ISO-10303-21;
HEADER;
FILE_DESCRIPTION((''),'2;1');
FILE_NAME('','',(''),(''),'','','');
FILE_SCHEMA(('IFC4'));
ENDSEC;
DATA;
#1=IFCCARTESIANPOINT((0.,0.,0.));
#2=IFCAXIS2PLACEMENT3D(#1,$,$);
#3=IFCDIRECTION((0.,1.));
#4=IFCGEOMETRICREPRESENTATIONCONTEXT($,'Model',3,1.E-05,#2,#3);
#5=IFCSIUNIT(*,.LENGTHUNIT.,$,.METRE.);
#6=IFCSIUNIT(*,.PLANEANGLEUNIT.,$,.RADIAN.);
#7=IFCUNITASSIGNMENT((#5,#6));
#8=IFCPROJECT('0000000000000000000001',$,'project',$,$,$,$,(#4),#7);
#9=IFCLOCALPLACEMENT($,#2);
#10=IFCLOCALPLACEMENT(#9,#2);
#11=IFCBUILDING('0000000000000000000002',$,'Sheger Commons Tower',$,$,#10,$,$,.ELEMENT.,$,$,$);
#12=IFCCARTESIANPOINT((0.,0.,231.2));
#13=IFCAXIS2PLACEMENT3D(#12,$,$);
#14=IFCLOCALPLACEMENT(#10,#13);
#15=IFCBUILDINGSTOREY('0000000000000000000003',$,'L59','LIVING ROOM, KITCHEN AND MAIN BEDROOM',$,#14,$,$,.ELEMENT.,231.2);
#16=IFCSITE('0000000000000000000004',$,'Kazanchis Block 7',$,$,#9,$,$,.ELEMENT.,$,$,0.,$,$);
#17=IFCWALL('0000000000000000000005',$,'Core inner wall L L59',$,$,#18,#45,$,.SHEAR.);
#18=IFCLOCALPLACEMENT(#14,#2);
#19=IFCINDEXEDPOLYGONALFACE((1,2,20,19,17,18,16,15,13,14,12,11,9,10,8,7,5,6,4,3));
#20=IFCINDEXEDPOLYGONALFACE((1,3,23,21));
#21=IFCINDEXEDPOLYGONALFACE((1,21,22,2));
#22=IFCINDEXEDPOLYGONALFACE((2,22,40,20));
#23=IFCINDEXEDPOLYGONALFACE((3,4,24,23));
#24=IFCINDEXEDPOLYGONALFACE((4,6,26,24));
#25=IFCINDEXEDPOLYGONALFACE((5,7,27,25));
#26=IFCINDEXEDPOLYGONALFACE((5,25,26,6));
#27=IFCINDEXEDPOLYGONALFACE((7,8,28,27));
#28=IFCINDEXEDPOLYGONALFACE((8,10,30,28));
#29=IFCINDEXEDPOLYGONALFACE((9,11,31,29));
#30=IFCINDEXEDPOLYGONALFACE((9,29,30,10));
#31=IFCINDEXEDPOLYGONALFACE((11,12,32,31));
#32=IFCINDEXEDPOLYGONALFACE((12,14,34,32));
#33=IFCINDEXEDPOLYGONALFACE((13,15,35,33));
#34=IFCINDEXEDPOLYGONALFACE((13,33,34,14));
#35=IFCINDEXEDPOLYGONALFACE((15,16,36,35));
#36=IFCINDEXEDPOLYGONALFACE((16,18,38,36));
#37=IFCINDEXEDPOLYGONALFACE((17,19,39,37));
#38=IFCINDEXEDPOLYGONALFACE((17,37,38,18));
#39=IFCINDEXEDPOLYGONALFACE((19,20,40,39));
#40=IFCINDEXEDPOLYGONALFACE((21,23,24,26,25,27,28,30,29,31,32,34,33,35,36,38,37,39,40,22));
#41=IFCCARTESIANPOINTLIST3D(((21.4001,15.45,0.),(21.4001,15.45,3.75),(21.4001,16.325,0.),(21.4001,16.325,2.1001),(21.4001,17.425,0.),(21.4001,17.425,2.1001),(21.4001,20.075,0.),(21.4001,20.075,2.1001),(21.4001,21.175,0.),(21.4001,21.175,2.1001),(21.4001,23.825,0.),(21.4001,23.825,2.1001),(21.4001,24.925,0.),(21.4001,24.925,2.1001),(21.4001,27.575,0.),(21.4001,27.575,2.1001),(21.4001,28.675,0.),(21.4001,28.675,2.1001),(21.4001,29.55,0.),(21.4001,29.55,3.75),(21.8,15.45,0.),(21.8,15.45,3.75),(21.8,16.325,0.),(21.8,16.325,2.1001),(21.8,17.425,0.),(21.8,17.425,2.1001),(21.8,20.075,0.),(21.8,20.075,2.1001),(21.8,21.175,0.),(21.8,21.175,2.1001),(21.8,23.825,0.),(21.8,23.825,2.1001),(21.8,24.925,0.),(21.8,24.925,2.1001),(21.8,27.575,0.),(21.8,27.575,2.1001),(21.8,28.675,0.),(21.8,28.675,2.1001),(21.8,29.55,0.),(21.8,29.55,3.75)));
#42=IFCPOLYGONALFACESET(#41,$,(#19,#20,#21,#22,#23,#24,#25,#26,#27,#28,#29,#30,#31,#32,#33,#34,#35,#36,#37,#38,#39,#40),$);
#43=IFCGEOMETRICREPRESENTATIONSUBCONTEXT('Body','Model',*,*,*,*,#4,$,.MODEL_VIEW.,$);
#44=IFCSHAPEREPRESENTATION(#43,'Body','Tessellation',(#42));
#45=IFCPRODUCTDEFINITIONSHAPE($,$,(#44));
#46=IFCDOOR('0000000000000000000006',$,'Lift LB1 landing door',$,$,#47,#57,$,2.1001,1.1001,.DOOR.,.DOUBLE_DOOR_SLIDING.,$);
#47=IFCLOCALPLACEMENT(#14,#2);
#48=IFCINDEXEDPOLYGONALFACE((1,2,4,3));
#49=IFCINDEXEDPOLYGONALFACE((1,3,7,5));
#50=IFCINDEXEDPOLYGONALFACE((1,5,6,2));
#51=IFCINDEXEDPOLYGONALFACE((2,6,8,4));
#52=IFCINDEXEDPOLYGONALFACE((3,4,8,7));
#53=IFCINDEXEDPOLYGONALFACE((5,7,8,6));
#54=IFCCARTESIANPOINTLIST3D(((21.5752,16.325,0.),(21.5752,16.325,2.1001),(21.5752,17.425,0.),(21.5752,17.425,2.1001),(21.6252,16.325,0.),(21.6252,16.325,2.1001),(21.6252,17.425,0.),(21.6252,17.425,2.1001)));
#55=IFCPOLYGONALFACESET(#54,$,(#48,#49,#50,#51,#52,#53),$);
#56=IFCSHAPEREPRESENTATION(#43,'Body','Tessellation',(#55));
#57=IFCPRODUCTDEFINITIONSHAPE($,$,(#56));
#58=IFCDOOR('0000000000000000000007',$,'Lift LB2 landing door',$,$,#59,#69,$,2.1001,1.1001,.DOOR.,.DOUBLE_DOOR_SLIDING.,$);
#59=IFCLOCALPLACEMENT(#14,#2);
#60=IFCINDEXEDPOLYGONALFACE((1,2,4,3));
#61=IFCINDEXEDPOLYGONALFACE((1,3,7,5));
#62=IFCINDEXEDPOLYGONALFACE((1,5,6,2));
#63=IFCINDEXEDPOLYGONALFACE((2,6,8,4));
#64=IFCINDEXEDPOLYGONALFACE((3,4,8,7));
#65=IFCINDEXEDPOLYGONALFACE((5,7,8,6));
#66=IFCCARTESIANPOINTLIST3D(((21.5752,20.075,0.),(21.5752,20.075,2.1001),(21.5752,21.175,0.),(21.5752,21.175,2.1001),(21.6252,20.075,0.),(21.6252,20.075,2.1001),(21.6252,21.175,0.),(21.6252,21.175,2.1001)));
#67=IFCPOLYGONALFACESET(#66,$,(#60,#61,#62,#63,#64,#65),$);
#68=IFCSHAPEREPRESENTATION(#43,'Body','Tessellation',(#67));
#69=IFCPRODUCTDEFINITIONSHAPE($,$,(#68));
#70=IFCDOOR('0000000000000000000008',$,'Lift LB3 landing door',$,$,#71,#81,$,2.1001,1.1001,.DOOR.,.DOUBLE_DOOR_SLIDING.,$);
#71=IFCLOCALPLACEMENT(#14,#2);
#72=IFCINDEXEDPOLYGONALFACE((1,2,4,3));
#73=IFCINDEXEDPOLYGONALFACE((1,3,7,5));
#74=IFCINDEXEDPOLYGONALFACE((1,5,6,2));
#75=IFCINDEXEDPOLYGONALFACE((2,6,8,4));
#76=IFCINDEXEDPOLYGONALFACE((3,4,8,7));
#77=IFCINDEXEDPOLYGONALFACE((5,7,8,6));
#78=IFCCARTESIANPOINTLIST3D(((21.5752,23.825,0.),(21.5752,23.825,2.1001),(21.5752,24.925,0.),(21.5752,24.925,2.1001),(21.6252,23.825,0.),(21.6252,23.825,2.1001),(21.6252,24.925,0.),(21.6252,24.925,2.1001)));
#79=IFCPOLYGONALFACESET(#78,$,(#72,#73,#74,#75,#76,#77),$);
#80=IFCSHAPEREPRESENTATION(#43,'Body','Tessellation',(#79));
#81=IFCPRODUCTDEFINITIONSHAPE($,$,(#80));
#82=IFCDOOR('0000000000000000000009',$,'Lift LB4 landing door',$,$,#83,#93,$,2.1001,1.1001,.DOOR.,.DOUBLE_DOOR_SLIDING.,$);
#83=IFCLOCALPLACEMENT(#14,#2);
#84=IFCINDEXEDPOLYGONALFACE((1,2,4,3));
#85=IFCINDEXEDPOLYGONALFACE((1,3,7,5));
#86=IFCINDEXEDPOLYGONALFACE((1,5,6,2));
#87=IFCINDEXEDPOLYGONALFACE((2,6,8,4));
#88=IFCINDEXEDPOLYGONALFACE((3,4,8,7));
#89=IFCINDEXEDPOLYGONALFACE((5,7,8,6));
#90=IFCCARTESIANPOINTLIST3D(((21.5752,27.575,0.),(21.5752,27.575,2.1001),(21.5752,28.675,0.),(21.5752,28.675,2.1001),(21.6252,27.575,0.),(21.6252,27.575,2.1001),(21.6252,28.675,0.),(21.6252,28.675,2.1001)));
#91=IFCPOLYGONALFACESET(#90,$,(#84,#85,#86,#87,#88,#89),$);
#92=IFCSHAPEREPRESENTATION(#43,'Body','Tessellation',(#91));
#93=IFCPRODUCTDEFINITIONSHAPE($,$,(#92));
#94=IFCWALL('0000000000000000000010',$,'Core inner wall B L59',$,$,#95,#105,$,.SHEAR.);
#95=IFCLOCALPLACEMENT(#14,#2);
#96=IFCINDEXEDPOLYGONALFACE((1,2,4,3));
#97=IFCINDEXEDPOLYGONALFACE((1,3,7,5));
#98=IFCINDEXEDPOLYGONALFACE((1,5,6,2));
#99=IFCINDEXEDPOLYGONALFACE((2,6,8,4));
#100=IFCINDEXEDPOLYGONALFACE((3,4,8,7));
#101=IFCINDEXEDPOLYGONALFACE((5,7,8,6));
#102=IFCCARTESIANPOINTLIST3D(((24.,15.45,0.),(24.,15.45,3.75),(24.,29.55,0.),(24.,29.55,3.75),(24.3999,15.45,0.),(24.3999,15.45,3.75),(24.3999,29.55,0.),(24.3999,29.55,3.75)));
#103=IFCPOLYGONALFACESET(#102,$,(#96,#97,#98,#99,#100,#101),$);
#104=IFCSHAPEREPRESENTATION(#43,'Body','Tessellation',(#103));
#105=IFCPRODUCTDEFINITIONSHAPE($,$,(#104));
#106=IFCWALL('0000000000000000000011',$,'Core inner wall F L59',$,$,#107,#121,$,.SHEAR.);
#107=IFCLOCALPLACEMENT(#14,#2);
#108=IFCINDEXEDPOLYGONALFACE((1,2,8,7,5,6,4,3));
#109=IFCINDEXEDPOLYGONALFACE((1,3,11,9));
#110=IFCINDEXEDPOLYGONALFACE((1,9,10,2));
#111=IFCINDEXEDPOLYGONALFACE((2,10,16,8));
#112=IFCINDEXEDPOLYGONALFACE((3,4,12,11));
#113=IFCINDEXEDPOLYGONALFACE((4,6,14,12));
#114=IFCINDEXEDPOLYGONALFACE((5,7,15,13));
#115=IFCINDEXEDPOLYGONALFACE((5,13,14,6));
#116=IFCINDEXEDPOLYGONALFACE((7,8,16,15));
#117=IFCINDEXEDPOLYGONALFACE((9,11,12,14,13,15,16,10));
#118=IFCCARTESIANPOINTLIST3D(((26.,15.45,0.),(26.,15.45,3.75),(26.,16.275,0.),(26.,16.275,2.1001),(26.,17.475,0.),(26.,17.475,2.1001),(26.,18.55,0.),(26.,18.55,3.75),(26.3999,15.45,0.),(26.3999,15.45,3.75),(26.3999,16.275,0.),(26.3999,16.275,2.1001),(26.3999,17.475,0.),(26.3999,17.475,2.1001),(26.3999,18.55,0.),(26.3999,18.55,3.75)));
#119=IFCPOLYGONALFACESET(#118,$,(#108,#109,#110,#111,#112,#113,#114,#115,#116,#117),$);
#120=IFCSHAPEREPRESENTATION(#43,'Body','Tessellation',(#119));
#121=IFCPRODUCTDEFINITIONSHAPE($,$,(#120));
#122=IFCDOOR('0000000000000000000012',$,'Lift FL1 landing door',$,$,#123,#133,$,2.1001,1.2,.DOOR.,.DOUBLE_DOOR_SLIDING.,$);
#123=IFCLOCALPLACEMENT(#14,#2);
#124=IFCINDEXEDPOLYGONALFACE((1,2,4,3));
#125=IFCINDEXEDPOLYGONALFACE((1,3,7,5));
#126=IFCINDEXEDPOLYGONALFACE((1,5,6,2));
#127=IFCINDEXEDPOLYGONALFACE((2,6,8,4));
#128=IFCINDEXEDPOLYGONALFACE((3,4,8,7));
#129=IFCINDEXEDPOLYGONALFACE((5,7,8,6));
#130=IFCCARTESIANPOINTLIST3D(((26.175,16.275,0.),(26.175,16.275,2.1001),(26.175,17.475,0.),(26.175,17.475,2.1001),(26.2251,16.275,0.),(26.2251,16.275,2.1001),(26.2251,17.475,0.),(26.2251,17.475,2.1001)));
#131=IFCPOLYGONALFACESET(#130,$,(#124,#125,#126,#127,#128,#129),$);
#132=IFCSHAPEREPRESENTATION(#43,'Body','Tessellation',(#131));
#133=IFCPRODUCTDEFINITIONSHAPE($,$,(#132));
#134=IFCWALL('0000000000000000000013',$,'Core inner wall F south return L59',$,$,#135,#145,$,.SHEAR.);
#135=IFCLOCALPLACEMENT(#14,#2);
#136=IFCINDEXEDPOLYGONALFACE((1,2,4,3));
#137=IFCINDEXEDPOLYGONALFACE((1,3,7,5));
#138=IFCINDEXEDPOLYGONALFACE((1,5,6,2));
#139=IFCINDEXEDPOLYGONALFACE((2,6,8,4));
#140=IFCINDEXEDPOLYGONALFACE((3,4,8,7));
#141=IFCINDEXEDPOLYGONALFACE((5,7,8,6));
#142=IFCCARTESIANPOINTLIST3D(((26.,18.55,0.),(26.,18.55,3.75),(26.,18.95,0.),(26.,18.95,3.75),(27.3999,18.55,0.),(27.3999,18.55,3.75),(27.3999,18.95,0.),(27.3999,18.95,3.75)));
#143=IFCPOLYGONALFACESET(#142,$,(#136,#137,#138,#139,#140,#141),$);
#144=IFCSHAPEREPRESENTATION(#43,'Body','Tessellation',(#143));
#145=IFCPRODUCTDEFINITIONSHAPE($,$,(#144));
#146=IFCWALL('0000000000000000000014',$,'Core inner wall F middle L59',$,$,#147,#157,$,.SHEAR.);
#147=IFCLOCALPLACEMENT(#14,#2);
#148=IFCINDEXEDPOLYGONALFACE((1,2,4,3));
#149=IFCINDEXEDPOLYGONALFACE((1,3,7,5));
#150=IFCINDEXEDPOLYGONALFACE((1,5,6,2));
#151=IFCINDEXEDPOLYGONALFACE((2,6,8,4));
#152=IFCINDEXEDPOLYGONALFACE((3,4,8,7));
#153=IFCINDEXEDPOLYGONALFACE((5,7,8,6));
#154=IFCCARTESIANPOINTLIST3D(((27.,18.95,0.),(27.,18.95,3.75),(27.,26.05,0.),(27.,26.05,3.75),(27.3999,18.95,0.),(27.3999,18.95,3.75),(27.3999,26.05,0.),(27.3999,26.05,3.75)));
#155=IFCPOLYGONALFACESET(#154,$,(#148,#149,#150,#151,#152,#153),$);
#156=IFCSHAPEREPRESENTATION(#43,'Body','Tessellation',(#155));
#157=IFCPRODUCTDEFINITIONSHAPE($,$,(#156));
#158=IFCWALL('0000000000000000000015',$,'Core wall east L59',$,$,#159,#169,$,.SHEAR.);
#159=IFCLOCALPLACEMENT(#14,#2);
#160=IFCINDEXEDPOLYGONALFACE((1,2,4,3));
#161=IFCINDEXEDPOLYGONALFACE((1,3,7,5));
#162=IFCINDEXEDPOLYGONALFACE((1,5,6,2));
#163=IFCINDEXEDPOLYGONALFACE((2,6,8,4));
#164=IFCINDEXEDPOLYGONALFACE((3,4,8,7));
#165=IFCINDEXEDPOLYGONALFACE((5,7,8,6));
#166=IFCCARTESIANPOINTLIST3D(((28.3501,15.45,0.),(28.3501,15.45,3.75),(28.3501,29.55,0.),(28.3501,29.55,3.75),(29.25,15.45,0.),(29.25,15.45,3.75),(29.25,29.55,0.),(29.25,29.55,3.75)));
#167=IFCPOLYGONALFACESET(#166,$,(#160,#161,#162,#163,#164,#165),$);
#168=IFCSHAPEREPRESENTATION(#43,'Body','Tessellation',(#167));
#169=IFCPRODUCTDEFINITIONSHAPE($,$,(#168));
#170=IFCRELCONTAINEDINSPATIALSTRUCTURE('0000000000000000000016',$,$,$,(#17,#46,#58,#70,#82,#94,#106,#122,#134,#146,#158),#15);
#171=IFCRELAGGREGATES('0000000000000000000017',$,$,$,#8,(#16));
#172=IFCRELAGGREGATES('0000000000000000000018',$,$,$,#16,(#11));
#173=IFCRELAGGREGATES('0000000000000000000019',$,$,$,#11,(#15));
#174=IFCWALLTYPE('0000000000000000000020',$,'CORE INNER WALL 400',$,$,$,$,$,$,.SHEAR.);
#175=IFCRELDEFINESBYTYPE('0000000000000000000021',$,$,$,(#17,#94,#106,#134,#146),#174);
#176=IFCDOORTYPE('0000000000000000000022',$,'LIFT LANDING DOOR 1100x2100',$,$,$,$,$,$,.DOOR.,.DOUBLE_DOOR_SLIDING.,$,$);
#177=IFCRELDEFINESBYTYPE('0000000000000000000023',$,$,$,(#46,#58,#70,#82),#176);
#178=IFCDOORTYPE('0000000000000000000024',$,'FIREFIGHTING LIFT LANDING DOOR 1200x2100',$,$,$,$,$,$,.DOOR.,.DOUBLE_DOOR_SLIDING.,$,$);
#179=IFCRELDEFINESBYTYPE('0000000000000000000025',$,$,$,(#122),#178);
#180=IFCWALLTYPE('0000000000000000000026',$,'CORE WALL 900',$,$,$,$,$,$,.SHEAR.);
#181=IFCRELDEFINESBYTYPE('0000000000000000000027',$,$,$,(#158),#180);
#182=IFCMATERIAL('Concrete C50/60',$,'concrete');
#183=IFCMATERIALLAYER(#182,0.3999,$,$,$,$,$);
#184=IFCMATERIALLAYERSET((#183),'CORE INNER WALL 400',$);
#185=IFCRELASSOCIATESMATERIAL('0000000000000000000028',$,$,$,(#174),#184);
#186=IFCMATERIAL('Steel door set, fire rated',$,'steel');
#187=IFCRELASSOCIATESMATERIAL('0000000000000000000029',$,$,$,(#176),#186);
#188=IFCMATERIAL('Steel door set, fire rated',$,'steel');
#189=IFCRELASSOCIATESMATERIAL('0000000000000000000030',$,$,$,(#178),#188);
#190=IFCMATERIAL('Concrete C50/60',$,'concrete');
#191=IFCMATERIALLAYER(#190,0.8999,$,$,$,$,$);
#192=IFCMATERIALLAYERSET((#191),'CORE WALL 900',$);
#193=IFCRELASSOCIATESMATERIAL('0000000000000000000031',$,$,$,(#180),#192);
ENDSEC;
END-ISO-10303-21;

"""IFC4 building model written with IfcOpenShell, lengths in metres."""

from ifc_helpers import new_model, si_unit, direction, frame, frame_2d, origin, place, context, subcontext, project, spatial, rectangle, extrude, material, layer, layer_set, type_object, element, fill, save


model = new_model("IFC4")

# Units and contexts
model_context = context("Model", 3, precision=1e-05, world=origin(), true_north=direction((0.0, 1.0)))
body_context = subcontext(model_context, "Body", "Model", "MODEL_VIEW")
ifc_project = project(units=[si_unit("LENGTHUNIT", "METRE"), si_unit("PLANEANGLEUNIT", "RADIAN")], contexts=[model_context])

# Site, building, storey
site_placement = place(None, origin())
site = spatial("IfcSite", under=ifc_project, at=site_placement, Name="Kazanchis Block 7", CompositionType="ELEMENT", RefElevation=0.0)
building_placement = place(site_placement, origin())
building = spatial("IfcBuilding", under=site, at=building_placement, Name="Sheger Commons Tower", CompositionType="ELEMENT")
storey_placement = place(building_placement, frame((0.0, 0.0, 231.2)))
storey = spatial("IfcBuildingStorey", under=building, at=storey_placement, Name="L59", Description="LIVING ROOM, KITCHEN AND MAIN BEDROOM", CompositionType="ELEMENT", Elevation=231.2)

# Wall, openings, doors
ifc_material_1 = material(Name="Concrete C50/60", Category="concrete")
ifc_layer_1 = layer(ifc_material_1, 0.3999)
ifc_layer_set_1 = layer_set([ifc_layer_1], Name="CORE INNER WALL 400")
wall_type_1 = type_object("IfcWallType", Name="CORE INNER WALL 400", PredefinedType="SHEAR", material=ifc_layer_set_1)
wall_1_placement = place(storey_placement, frame((21.6001, 15.45, 0.0), z_axis=(0.0, 0.0, 1.0), x_axis=(0.0, 1.0, 0.0)))
wall_1 = element("IfcWall", 1, at=wall_1_placement, inside=storey, type_object=wall_type_1, Name="Core inner wall L L59", PredefinedType="SHEAR", context=body_context, shape_type="SweptSolid", body=[
    extrude(rectangle(XDim=14.1001, YDim=0.3999, at=frame_2d((7.05, 0.0))), origin(), (0.0, 0.0, 1.0), 3.75),
])
opening_1_placement = place(wall_1_placement, frame((0.875, 0.0, 0.0)))
opening_1 = element("IfcOpeningElement", 2, at=opening_1_placement, cuts=wall_1, PredefinedType="OPENING", context=body_context, shape_type="SweptSolid", body=[
    extrude(rectangle(XDim=1.1001, YDim=2.1001, at=frame_2d((0.55, 1.05))), frame((0.0, 0.21, 0.0), z_axis=(0.0, -1.0, 0.0), x_axis=(1.0, 0.0, 0.0)), (0.0, 0.0, 1.0), 0.4199),
])
opening_2_placement = place(wall_1_placement, frame((4.625, 0.0, 0.0)))
opening_2 = element("IfcOpeningElement", 3, at=opening_2_placement, cuts=wall_1, PredefinedType="OPENING", context=body_context, shape_type="SweptSolid", body=[
    extrude(rectangle(XDim=1.1001, YDim=2.1001, at=frame_2d((0.55, 1.05))), frame((0.0, 0.21, 0.0), z_axis=(0.0, -1.0, 0.0), x_axis=(1.0, 0.0, 0.0)), (0.0, 0.0, 1.0), 0.4199),
])
opening_3_placement = place(wall_1_placement, frame((8.375, 0.0, 0.0)))
opening_3 = element("IfcOpeningElement", 4, at=opening_3_placement, cuts=wall_1, PredefinedType="OPENING", context=body_context, shape_type="SweptSolid", body=[
    extrude(rectangle(XDim=1.1001, YDim=2.1001, at=frame_2d((0.55, 1.05))), frame((0.0, 0.21, 0.0), z_axis=(0.0, -1.0, 0.0), x_axis=(1.0, 0.0, 0.0)), (0.0, 0.0, 1.0), 0.4199),
])
opening_4_placement = place(wall_1_placement, frame((12.125, 0.0, 0.0)))
opening_4 = element("IfcOpeningElement", 5, at=opening_4_placement, cuts=wall_1, PredefinedType="OPENING", context=body_context, shape_type="SweptSolid", body=[
    extrude(rectangle(XDim=1.1001, YDim=2.1001, at=frame_2d((0.55, 1.05))), frame((0.0, 0.21, 0.0), z_axis=(0.0, -1.0, 0.0), x_axis=(1.0, 0.0, 0.0)), (0.0, 0.0, 1.0), 0.4199),
])
ifc_material_2 = material(Name="Steel door set, fire rated", Category="steel")
door_type_1 = type_object("IfcDoorType", Name="LIFT LANDING DOOR 1100x2100", OperationType="DOUBLE_DOOR_SLIDING", PredefinedType="DOOR", material=ifc_material_2)
door_1_placement = place(opening_1_placement, origin())
door_1 = element("IfcDoor", 6, at=door_1_placement, inside=storey, type_object=door_type_1, Name="Lift LB1 landing door", OperationType="DOUBLE_DOOR_SLIDING", OverallHeight=2.1001, OverallWidth=1.1001, PredefinedType="DOOR", context=body_context, shape_type="SweptSolid", body=[
    extrude(rectangle(XDim=1.1001, YDim=2.1001, at=frame_2d((0.55, 1.05))), frame((0.0, 0.0249, 0.0), z_axis=(0.0, -1.0, 0.0), x_axis=(1.0, 0.0, 0.0)), (0.0, 0.0, 1.0), 0.05),
])
fill(opening_1, door_1)
door_2_placement = place(opening_2_placement, origin())
door_2 = element("IfcDoor", 7, at=door_2_placement, inside=storey, type_object=door_type_1, Name="Lift LB2 landing door", OperationType="DOUBLE_DOOR_SLIDING", OverallHeight=2.1001, OverallWidth=1.1001, PredefinedType="DOOR", context=body_context, shape_type="SweptSolid", body=[
    extrude(rectangle(XDim=1.1001, YDim=2.1001, at=frame_2d((0.55, 1.05))), frame((0.0, 0.0249, 0.0), z_axis=(0.0, -1.0, 0.0), x_axis=(1.0, 0.0, 0.0)), (0.0, 0.0, 1.0), 0.05),
])
fill(opening_2, door_2)
door_3_placement = place(opening_3_placement, origin())
door_3 = element("IfcDoor", 8, at=door_3_placement, inside=storey, type_object=door_type_1, Name="Lift LB3 landing door", OperationType="DOUBLE_DOOR_SLIDING", OverallHeight=2.1001, OverallWidth=1.1001, PredefinedType="DOOR", context=body_context, shape_type="SweptSolid", body=[
    extrude(rectangle(XDim=1.1001, YDim=2.1001, at=frame_2d((0.55, 1.05))), frame((0.0, 0.0249, 0.0), z_axis=(0.0, -1.0, 0.0), x_axis=(1.0, 0.0, 0.0)), (0.0, 0.0, 1.0), 0.05),
])
fill(opening_3, door_3)
door_4_placement = place(opening_4_placement, origin())
door_4 = element("IfcDoor", 9, at=door_4_placement, inside=storey, type_object=door_type_1, Name="Lift LB4 landing door", OperationType="DOUBLE_DOOR_SLIDING", OverallHeight=2.1001, OverallWidth=1.1001, PredefinedType="DOOR", context=body_context, shape_type="SweptSolid", body=[
    extrude(rectangle(XDim=1.1001, YDim=2.1001, at=frame_2d((0.55, 1.05))), frame((0.0, 0.0249, 0.0), z_axis=(0.0, -1.0, 0.0), x_axis=(1.0, 0.0, 0.0)), (0.0, 0.0, 1.0), 0.05),
])
fill(opening_4, door_4)

# Wall
wall_2_placement = place(storey_placement, frame((24.2, 15.45, 0.0), z_axis=(0.0, 0.0, 1.0), x_axis=(0.0, 1.0, 0.0)))
element("IfcWall", 10, at=wall_2_placement, inside=storey, type_object=wall_type_1, Name="Core inner wall B L59", PredefinedType="SHEAR", context=body_context, shape_type="SweptSolid", body=[
    extrude(rectangle(XDim=14.1001, YDim=0.3999, at=frame_2d((7.05, 0.0))), origin(), (0.0, 0.0, 1.0), 3.75),
])

# Wall, opening, door
wall_3_placement = place(storey_placement, frame((26.2, 15.45, 0.0), z_axis=(0.0, 0.0, 1.0), x_axis=(0.0, 1.0, 0.0)))
wall_3 = element("IfcWall", 11, at=wall_3_placement, inside=storey, type_object=wall_type_1, Name="Core inner wall F L59", PredefinedType="SHEAR", context=body_context, shape_type="SweptSolid", body=[
    extrude(rectangle(XDim=3.1001, YDim=0.3999, at=frame_2d((1.55, 0.0))), origin(), (0.0, 0.0, 1.0), 3.75),
])
opening_5_placement = place(wall_3_placement, frame((0.825, 0.0, 0.0)))
opening_5 = element("IfcOpeningElement", 12, at=opening_5_placement, cuts=wall_3, PredefinedType="OPENING", context=body_context, shape_type="SweptSolid", body=[
    extrude(rectangle(XDim=1.2, YDim=2.1001, at=frame_2d((0.6001, 1.05))), frame((0.0, 0.21, 0.0), z_axis=(0.0, -1.0, 0.0), x_axis=(1.0, 0.0, 0.0)), (0.0, 0.0, 1.0), 0.4199),
])
ifc_material_3 = material(Name="Steel door set, fire rated", Category="steel")
door_type_2 = type_object("IfcDoorType", Name="FIREFIGHTING LIFT LANDING DOOR 1200x2100", OperationType="DOUBLE_DOOR_SLIDING", PredefinedType="DOOR", material=ifc_material_3)
door_5_placement = place(opening_5_placement, origin())
door_5 = element("IfcDoor", 13, at=door_5_placement, inside=storey, type_object=door_type_2, Name="Lift FL1 landing door", OperationType="DOUBLE_DOOR_SLIDING", OverallHeight=2.1001, OverallWidth=1.2, PredefinedType="DOOR", context=body_context, shape_type="SweptSolid", body=[
    extrude(rectangle(XDim=1.2, YDim=2.1001, at=frame_2d((0.6001, 1.05))), frame((0.0, 0.0249, 0.0), z_axis=(0.0, -1.0, 0.0), x_axis=(1.0, 0.0, 0.0)), (0.0, 0.0, 1.0), 0.05),
])
fill(opening_5, door_5)

# Walls
wall_4_placement = place(storey_placement, frame((26.0, 18.75, 0.0), z_axis=(0.0, 0.0, 1.0), x_axis=(1.0, 0.0, 0.0)))
element("IfcWall", 14, at=wall_4_placement, inside=storey, type_object=wall_type_1, Name="Core inner wall F south return L59", PredefinedType="SHEAR", context=body_context, shape_type="SweptSolid", body=[
    extrude(rectangle(XDim=1.3999, YDim=0.3999, at=frame_2d((0.7, 0.0))), origin(), (0.0, 0.0, 1.0), 3.75),
])
wall_5_placement = place(storey_placement, frame((27.2, 18.95, 0.0), z_axis=(0.0, 0.0, 1.0), x_axis=(0.0, 1.0, 0.0)))
element("IfcWall", 15, at=wall_5_placement, inside=storey, type_object=wall_type_1, Name="Core inner wall F middle L59", PredefinedType="SHEAR", context=body_context, shape_type="SweptSolid", body=[
    extrude(rectangle(XDim=7.1001, YDim=0.3999, at=frame_2d((3.55, 0.0))), origin(), (0.0, 0.0, 1.0), 3.75),
])
ifc_material_4 = material(Name="Concrete C50/60", Category="concrete")
ifc_layer_2 = layer(ifc_material_4, 0.8999)
ifc_layer_set_2 = layer_set([ifc_layer_2], Name="CORE WALL 900")
wall_type_2 = type_object("IfcWallType", Name="CORE WALL 900", PredefinedType="SHEAR", material=ifc_layer_set_2)
wall_6_placement = place(storey_placement, frame((28.8, 15.45, 0.0), z_axis=(0.0, 0.0, 1.0), x_axis=(0.0, 1.0, 0.0)))
element("IfcWall", 16, at=wall_6_placement, inside=storey, type_object=wall_type_2, Name="Core wall east L59", PredefinedType="SHEAR", context=body_context, shape_type="SweptSolid", body=[
    extrude(rectangle(XDim=14.1001, YDim=0.8999, at=frame_2d((7.05, 0.0))), origin(), (0.0, 0.0, 1.0), 3.75),
])

save(model, "model.ifc")
